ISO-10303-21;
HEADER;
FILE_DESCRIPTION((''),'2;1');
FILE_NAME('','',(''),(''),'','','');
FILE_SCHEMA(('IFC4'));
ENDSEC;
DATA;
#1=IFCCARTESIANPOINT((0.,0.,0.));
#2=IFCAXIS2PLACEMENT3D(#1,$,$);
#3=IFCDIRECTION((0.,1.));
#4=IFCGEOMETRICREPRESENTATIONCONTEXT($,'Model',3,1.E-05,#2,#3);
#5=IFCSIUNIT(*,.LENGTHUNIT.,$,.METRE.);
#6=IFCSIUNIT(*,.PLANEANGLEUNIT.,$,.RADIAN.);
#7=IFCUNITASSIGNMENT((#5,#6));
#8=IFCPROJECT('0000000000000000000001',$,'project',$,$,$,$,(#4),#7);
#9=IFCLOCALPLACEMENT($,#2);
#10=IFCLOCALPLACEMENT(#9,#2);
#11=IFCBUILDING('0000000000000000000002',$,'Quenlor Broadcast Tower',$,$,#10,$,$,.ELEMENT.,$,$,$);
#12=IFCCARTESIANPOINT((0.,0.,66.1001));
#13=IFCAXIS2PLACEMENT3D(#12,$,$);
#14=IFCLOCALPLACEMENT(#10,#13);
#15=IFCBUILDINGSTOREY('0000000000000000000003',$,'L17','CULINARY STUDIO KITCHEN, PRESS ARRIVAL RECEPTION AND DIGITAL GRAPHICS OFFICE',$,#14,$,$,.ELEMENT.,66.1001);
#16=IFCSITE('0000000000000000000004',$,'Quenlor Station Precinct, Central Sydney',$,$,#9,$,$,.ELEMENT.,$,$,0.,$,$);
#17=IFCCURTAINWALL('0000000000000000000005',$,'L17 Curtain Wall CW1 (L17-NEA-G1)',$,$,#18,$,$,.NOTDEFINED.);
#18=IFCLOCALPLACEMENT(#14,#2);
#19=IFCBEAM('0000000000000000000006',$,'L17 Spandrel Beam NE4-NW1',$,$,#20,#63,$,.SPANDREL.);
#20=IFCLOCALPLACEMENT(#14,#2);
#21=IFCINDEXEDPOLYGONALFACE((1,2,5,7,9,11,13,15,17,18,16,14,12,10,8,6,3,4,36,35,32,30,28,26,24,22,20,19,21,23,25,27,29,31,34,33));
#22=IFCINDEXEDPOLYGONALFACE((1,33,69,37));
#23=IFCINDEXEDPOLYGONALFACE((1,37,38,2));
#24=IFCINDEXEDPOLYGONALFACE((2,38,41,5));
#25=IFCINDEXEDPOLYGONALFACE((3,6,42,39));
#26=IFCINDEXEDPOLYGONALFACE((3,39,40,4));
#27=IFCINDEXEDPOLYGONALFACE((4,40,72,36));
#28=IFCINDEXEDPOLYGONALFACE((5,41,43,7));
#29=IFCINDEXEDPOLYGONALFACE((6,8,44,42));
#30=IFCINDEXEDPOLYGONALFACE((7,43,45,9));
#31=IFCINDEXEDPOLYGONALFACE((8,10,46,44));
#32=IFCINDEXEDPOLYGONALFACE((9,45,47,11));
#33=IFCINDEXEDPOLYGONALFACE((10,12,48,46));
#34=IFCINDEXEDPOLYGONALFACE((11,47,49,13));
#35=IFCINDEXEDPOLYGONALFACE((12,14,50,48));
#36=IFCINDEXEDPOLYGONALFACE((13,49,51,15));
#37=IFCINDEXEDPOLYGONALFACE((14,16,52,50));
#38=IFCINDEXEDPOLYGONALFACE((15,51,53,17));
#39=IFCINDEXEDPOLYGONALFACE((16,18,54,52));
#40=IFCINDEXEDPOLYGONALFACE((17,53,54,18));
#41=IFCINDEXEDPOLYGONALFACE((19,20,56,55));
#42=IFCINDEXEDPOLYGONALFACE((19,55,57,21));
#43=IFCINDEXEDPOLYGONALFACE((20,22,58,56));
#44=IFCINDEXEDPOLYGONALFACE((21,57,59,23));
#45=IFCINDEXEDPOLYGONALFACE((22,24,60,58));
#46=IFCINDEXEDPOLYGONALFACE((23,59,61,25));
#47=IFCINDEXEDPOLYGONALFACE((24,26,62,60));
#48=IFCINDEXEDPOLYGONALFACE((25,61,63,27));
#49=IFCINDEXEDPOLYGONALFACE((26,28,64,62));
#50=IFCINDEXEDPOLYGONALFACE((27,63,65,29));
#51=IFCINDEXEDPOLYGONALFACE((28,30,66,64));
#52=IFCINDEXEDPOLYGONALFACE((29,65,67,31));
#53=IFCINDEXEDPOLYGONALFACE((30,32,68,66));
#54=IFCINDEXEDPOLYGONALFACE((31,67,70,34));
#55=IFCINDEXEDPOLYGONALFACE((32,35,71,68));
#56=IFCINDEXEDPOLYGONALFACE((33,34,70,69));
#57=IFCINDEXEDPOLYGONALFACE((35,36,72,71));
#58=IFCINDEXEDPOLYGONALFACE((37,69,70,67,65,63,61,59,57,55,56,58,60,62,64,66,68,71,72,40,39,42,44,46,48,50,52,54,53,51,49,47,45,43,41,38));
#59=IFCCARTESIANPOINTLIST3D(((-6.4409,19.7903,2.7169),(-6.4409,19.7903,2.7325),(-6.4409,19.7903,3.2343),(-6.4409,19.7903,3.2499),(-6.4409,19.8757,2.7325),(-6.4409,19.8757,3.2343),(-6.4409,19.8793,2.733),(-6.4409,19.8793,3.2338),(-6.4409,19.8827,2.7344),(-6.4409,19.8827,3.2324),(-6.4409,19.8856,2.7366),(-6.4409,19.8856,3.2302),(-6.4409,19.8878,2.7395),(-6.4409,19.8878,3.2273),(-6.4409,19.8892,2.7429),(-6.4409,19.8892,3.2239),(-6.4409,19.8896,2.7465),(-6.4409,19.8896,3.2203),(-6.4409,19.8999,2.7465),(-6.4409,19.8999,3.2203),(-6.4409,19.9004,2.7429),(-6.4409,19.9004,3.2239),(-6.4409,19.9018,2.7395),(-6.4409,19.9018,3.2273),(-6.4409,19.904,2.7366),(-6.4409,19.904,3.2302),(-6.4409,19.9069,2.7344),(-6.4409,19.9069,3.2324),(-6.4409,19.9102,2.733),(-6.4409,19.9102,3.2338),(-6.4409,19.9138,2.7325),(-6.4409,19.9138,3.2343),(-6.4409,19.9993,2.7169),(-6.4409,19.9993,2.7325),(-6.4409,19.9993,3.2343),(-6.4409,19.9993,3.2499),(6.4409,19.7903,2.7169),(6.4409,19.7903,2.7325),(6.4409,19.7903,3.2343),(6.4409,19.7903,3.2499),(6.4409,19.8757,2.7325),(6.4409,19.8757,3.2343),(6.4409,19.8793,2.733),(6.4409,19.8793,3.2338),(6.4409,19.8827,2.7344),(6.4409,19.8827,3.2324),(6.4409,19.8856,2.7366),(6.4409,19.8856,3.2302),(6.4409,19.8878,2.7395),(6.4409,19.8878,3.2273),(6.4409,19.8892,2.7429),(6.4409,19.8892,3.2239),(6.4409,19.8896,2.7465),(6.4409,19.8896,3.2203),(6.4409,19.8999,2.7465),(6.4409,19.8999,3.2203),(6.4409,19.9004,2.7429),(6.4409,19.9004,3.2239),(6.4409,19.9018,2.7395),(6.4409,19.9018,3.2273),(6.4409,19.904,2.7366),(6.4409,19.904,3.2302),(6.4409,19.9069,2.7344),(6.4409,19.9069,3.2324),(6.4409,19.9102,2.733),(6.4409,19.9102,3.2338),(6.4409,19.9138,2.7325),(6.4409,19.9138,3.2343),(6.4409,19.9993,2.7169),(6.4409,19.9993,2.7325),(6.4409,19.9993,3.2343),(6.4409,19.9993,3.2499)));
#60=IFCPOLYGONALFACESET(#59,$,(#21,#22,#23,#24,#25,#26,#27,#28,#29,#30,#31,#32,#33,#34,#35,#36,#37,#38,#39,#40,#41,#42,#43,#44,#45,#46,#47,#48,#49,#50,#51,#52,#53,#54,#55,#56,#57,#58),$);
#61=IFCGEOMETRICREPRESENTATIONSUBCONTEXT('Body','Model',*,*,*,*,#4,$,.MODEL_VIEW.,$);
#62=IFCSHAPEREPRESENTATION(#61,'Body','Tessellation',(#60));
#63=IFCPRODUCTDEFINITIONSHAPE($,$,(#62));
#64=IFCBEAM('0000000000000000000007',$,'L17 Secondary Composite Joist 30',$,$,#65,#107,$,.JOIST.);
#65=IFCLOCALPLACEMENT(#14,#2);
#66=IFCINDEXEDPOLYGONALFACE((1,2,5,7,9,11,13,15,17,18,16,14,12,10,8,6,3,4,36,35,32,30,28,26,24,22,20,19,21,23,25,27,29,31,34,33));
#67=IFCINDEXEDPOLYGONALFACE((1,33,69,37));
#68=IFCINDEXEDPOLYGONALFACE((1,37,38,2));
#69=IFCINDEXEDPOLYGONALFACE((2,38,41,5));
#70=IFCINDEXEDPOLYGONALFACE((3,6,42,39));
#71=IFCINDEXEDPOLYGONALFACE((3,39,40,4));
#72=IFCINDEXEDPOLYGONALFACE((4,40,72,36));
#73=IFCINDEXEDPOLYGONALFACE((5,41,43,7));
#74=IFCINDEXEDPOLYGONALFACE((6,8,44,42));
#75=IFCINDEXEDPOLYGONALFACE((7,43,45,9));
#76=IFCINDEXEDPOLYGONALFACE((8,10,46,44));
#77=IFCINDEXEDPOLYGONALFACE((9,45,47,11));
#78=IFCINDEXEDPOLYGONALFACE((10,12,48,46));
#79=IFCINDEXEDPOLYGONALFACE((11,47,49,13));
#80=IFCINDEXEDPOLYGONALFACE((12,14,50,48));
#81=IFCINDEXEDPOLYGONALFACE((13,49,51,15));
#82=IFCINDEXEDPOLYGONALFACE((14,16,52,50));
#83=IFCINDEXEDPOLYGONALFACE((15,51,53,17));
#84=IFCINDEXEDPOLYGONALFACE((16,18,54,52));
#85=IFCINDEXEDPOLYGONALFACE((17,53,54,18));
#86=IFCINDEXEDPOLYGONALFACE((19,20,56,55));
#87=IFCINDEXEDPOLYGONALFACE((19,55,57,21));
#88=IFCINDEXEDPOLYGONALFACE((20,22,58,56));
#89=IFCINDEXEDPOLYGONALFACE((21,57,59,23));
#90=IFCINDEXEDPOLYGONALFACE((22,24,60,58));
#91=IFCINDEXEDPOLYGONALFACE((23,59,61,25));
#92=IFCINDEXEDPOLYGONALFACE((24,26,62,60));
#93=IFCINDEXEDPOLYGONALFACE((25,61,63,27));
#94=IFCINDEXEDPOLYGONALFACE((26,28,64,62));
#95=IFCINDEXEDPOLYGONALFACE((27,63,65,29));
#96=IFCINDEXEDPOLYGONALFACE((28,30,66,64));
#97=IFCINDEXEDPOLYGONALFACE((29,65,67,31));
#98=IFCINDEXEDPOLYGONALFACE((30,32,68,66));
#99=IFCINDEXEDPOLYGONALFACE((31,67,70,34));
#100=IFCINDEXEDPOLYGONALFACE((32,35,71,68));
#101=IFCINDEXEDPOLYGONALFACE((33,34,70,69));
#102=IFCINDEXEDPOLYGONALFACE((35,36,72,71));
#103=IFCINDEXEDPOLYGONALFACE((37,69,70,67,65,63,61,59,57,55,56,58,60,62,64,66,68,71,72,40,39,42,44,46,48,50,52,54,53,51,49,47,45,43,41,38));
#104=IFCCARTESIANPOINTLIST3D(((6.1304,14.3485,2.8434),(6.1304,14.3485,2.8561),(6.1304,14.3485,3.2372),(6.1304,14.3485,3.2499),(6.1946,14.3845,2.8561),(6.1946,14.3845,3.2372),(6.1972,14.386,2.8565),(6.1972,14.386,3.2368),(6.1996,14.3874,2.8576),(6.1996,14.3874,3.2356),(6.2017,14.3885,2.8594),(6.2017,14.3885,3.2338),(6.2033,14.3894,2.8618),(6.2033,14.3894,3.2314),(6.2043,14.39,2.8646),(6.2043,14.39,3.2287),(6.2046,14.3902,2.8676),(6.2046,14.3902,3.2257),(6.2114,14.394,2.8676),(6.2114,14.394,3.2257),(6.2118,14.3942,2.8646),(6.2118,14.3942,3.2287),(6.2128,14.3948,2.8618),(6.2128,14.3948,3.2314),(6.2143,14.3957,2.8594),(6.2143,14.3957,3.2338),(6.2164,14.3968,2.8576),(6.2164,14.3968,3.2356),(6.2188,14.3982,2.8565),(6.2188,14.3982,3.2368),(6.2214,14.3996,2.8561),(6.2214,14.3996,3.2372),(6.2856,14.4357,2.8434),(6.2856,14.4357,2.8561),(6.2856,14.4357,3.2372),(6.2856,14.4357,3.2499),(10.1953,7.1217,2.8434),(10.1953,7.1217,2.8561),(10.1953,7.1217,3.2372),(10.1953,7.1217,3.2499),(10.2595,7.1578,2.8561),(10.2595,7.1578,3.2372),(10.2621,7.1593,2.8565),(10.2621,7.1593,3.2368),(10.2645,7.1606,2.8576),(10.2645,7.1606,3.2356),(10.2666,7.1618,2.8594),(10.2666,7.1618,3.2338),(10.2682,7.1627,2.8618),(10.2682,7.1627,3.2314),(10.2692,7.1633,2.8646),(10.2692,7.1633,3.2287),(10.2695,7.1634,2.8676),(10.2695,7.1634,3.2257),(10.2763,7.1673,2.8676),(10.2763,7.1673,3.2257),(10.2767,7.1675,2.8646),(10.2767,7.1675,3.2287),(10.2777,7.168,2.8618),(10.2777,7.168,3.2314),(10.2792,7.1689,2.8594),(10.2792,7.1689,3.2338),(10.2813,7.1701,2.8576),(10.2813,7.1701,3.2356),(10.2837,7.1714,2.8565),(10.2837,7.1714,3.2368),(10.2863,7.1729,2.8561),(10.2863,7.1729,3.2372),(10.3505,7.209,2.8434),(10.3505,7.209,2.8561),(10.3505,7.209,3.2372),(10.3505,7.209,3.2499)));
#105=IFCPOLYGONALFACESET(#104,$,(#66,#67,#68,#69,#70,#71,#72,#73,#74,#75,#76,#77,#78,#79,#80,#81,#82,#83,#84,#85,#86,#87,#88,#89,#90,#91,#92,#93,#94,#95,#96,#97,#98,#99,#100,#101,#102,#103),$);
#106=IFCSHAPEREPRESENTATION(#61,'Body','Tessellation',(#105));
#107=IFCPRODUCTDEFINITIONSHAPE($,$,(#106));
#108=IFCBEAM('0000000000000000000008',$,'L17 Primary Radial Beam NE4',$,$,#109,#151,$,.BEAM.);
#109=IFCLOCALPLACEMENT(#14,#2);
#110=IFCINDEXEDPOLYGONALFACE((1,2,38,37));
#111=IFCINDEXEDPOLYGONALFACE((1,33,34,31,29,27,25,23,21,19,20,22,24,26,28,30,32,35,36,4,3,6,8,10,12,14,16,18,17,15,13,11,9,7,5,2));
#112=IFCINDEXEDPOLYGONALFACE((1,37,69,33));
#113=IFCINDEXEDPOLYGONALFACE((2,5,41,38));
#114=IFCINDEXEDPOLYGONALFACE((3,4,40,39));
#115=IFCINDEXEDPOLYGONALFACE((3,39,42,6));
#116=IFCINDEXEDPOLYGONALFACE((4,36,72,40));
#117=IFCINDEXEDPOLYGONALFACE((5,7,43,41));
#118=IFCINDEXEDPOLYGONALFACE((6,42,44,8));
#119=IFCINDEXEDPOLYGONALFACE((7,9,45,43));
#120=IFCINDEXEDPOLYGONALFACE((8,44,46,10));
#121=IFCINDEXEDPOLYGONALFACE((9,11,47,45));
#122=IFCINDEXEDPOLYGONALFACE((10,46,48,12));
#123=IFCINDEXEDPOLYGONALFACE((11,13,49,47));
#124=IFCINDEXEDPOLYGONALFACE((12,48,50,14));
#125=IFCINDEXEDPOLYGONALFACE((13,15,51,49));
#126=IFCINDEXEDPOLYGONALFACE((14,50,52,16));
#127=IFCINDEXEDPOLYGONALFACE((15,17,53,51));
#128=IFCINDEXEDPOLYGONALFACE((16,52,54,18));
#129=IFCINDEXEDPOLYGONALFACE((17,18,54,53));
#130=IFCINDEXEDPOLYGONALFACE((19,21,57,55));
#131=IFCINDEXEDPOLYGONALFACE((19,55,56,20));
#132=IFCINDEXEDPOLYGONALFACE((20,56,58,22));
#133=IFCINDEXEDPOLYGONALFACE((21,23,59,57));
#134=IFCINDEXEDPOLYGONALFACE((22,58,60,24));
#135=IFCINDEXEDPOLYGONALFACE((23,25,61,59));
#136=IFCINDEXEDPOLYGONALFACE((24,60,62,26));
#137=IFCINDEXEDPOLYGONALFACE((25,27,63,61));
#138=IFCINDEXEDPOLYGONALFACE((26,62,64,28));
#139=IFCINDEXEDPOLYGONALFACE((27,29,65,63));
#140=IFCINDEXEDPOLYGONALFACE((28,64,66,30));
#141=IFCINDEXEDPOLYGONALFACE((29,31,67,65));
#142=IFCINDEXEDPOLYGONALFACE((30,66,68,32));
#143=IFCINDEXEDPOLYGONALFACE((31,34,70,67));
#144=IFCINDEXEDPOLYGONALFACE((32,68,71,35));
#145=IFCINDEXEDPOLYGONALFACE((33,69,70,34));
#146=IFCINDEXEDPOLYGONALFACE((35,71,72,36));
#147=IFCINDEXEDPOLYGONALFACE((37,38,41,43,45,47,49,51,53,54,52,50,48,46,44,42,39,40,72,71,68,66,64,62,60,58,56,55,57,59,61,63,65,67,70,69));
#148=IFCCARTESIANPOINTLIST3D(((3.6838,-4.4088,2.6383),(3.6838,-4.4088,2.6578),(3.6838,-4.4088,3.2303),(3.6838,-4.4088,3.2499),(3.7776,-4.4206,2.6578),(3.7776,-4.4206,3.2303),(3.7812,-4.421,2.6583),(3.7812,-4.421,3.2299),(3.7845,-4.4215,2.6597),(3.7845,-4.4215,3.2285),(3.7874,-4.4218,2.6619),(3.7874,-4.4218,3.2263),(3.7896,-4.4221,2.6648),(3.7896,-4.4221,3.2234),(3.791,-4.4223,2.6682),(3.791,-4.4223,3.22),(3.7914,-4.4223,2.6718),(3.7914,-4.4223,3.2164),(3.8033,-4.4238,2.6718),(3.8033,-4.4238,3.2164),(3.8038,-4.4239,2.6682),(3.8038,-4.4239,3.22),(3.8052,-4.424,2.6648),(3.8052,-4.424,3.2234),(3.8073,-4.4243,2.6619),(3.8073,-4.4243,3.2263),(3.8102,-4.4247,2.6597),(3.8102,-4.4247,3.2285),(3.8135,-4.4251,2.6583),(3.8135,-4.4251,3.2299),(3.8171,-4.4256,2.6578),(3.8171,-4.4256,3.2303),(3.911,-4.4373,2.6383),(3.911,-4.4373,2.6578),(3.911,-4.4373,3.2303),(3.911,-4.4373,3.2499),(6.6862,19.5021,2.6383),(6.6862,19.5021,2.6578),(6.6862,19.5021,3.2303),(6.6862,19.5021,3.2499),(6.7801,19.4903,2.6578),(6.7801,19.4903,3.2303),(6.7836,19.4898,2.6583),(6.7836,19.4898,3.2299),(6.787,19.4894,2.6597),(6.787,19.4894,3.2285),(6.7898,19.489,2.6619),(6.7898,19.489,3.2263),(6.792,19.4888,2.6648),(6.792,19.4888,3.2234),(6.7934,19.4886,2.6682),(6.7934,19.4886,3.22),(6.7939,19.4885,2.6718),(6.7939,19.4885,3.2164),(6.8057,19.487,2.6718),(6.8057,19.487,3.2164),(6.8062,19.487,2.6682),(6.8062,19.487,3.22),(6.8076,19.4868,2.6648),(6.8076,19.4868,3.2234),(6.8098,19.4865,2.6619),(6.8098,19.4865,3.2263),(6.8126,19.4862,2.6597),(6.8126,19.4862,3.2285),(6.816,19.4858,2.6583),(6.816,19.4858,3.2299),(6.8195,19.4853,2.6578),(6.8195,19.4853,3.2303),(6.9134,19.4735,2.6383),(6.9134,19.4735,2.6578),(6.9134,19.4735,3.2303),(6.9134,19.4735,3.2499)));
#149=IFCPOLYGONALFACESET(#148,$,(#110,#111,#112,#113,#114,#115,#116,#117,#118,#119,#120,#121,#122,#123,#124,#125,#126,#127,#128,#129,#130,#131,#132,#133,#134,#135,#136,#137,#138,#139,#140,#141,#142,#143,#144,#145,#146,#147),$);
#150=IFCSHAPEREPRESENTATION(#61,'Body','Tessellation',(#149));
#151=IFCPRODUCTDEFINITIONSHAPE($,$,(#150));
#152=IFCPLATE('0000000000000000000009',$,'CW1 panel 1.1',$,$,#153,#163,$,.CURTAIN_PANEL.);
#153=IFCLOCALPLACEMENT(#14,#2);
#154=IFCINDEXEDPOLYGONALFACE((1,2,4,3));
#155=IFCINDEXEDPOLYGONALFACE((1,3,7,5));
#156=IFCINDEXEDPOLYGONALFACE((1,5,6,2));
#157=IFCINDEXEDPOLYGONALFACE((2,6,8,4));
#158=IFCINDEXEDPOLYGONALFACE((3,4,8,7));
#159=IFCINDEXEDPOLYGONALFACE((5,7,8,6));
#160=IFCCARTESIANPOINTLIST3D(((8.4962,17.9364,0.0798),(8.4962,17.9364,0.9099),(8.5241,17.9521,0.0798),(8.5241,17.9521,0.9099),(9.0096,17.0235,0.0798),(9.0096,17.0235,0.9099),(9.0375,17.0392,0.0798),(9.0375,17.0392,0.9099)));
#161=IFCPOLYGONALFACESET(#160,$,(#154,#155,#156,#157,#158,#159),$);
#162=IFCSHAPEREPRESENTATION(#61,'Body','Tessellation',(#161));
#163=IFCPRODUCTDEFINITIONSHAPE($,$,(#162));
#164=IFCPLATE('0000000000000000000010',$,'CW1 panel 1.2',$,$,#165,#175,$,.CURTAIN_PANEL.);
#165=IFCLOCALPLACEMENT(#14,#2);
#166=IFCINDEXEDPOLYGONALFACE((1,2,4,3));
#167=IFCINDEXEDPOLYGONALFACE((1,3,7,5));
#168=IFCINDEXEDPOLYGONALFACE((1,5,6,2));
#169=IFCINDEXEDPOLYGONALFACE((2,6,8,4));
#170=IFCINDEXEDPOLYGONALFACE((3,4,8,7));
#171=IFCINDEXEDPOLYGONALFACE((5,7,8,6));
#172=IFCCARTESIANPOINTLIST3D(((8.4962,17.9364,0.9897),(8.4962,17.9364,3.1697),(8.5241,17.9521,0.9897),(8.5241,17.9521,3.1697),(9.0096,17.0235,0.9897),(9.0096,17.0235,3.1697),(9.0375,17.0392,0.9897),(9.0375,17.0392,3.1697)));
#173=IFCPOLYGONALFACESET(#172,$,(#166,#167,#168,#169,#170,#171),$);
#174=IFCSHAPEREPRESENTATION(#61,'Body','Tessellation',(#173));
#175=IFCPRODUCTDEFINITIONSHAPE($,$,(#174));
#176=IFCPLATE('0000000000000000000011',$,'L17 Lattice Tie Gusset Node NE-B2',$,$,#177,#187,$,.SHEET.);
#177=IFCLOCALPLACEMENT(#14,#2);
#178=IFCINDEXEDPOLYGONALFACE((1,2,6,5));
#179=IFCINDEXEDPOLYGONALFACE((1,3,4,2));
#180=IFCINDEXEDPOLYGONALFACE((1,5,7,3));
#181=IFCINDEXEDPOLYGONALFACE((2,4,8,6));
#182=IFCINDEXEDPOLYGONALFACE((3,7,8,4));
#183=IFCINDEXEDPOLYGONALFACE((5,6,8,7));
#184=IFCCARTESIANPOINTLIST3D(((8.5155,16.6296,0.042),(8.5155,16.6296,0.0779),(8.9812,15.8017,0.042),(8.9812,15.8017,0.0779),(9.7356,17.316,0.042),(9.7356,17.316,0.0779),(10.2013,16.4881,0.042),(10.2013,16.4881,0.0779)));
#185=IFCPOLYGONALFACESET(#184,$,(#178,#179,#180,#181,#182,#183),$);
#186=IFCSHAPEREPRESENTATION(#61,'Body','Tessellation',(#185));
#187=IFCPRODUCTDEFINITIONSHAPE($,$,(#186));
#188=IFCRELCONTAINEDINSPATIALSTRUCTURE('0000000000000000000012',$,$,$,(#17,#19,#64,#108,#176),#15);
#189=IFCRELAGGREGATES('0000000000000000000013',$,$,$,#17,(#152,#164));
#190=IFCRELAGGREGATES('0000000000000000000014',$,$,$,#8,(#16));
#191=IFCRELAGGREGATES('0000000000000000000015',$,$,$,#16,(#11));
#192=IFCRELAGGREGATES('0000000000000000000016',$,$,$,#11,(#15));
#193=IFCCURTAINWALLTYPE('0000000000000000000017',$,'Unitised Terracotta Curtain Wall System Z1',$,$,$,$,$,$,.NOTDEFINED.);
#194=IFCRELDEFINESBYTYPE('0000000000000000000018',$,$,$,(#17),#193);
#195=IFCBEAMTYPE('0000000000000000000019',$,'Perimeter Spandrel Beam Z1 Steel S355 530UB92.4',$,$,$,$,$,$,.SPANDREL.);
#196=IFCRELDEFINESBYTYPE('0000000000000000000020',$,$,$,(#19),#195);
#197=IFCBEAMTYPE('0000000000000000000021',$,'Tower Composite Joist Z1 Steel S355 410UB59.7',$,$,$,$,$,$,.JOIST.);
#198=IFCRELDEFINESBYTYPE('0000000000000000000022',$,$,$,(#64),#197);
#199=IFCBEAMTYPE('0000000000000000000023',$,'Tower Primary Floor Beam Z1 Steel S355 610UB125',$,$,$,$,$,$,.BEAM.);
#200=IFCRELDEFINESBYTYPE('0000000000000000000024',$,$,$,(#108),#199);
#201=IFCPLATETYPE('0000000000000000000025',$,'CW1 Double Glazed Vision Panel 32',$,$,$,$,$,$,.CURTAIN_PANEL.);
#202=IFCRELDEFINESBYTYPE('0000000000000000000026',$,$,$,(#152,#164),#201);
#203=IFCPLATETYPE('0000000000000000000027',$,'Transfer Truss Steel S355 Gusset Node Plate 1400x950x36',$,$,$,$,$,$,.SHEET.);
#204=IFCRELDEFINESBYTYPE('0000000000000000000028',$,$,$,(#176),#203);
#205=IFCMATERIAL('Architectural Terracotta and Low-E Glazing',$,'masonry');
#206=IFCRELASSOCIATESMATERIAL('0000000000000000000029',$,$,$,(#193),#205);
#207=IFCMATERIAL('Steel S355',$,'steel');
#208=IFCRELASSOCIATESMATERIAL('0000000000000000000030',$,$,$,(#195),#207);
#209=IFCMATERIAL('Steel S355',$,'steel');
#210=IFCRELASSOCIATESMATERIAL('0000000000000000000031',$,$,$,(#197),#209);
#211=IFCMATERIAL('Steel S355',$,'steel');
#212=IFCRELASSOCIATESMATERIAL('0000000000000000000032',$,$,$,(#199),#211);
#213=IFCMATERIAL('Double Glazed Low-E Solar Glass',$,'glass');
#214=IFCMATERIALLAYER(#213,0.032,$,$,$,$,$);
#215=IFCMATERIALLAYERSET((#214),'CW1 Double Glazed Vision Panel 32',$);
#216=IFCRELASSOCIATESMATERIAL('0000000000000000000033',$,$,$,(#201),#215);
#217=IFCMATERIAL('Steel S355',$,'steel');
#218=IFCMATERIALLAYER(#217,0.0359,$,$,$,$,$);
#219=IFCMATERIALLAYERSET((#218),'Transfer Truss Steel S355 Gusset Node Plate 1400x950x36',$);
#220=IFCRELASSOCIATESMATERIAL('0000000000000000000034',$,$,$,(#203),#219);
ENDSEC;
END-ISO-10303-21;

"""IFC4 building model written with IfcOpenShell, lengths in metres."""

from ifc_helpers import new_model, si_unit, direction, frame, origin, origin_2d, place, context, subcontext, project, spatial, rectangle, i_section, extrude, material, layer, layer_set, material_profile, profile_set, type_object, element, aggregate, save


model = new_model("IFC4")

# Units and contexts
model_context = context("Model", 3, precision=1e-05, world=origin(), true_north=direction((0.0, 1.0)))
body_context = subcontext(model_context, "Body", "Model", "MODEL_VIEW")
ifc_project = project(units=[si_unit("LENGTHUNIT", "METRE"), si_unit("PLANEANGLEUNIT", "RADIAN")], contexts=[model_context])

# Site, building, storey
site_placement = place(None, origin())
site = spatial("IfcSite", under=ifc_project, at=site_placement, Name="Quenlor Station Precinct, Central Sydney", CompositionType="ELEMENT", RefElevation=0.0)
building_placement = place(site_placement, origin())
building = spatial("IfcBuilding", under=site, at=building_placement, Name="Quenlor Broadcast Tower", CompositionType="ELEMENT")
storey_placement = place(building_placement, frame((0.0, 0.0, 66.1001)))
storey = spatial("IfcBuildingStorey", under=building, at=storey_placement, Name="L17", Description="CULINARY STUDIO KITCHEN, PRESS ARRIVAL RECEPTION AND DIGITAL GRAPHICS OFFICE", CompositionType="ELEMENT", Elevation=66.1001)

# Curtain wall
ifc_material_1 = material(Name="Architectural Terracotta and Low-E Glazing", Category="masonry")
curtain_wall_type = type_object("IfcCurtainWallType", Name="Unitised Terracotta Curtain Wall System Z1", PredefinedType="NOTDEFINED", material=ifc_material_1)
curtain_wall_placement = place(storey_placement, origin())
curtain_wall = element("IfcCurtainWall", 1, at=curtain_wall_placement, inside=storey, type_object=curtain_wall_type, Name="L17 Curtain Wall CW1 (L17-NEA-G1)", PredefinedType="NOTDEFINED")

# Beams
ifc_material_2 = material(Name="Steel S355", Category="steel")
ifc_material_profile_1 = material_profile(ifc_material_2, i_section(OverallWidth=0.209, OverallDepth=0.533, WebThickness=0.0103, FlangeThickness=0.0156, FilletRadius=0.0139, at=origin_2d()))
ifc_profile_set_1 = profile_set([ifc_material_profile_1], Name="Steel S355 530UB92.4")
beam_type_1 = type_object("IfcBeamType", Name="Perimeter Spandrel Beam Z1 Steel S355 530UB92.4", PredefinedType="SPANDREL", material=ifc_profile_set_1)
beam_1_placement = place(storey_placement, frame((6.4409, 19.8948, 2.9834), z_axis=(-1.0, 0.0, 0.0), x_axis=(0.0, -1.0, 0.0)))
element("IfcBeam", 2, at=beam_1_placement, inside=storey, type_object=beam_type_1, Name="L17 Spandrel Beam NE4-NW1", PredefinedType="SPANDREL", context=body_context, shape_type="SweptSolid", body=[
    extrude(i_section(OverallWidth=0.209, OverallDepth=0.533, WebThickness=0.0103, FlangeThickness=0.0156, FilletRadius=0.0139, at=origin_2d()), origin(), (0.0, 0.0, 1.0), 12.8818),
])
ifc_material_3 = material(Name="Steel S355", Category="steel")
ifc_material_profile_2 = material_profile(ifc_material_3, i_section(OverallWidth=0.178, OverallDepth=0.4065, WebThickness=0.0078, FlangeThickness=0.0127, FilletRadius=0.0115, at=origin_2d()))
ifc_profile_set_2 = profile_set([ifc_material_profile_2], Name="Steel S355 410UB59.7")
beam_type_2 = type_object("IfcBeamType", Name="Tower Composite Joist Z1 Steel S355 410UB59.7", PredefinedType="JOIST", material=ifc_profile_set_2)
beam_2_placement = place(storey_placement, frame((6.208, 14.3921, 3.0466), z_axis=(0.490249, -0.871583, 0.0), x_axis=(0.871583, 0.490249, 0.0)))
element("IfcBeam", 3, at=beam_2_placement, inside=storey, type_object=beam_type_2, Name="L17 Secondary Composite Joist 30", PredefinedType="JOIST", context=body_context, shape_type="SweptSolid", body=[
    extrude(i_section(OverallWidth=0.178, OverallDepth=0.4065, WebThickness=0.0078, FlangeThickness=0.0127, FilletRadius=0.0115, at=origin_2d()), origin(), (0.0, 0.0, 1.0), 8.2915),
])
ifc_material_4 = material(Name="Steel S355", Category="steel")
ifc_material_profile_3 = material_profile(ifc_material_4, i_section(OverallWidth=0.229, OverallDepth=0.6116, WebThickness=0.012, FlangeThickness=0.0195, FilletRadius=0.0139, at=origin_2d()))
ifc_profile_set_3 = profile_set([ifc_material_profile_3], Name="Steel S355 610UB125")
beam_type_3 = type_object("IfcBeamType", Name="Tower Primary Floor Beam Z1 Steel S355 610UB125", PredefinedType="BEAM", material=ifc_profile_set_3)
beam_3_placement = place(storey_placement, frame((6.7998, 19.4878, 2.9441), z_axis=(-0.12459, -0.992208, 0.0), x_axis=(0.992208, -0.12459, 0.0)))
element("IfcBeam", 4, at=beam_3_placement, inside=storey, type_object=beam_type_3, Name="L17 Primary Radial Beam NE4", PredefinedType="BEAM", context=body_context, shape_type="SweptSolid", body=[
    extrude(i_section(OverallWidth=0.229, OverallDepth=0.6116, WebThickness=0.012, FlangeThickness=0.0195, FilletRadius=0.0139, at=origin_2d()), origin(), (0.0, 0.0, 1.0), 24.0986),
])

# Plates
ifc_material_5 = material(Name="Double Glazed Low-E Solar Glass", Category="glass")
ifc_layer_1 = layer(ifc_material_5, 0.032)
ifc_layer_set_1 = layer_set([ifc_layer_1], Name="CW1 Double Glazed Vision Panel 32")
plate_type_1 = type_object("IfcPlateType", Name="CW1 Double Glazed Vision Panel 32", PredefinedType="CURTAIN_PANEL", material=ifc_layer_set_1)
plate_1_placement = place(storey_placement, frame((8.7668, 17.4878, 0.0798), z_axis=(0.0, 0.0, 1.0), x_axis=(0.490214, -0.871602, 0.0)))
plate_1 = element("IfcPlate", 5, at=plate_1_placement, type_object=plate_type_1, Name="CW1 panel 1.1", PredefinedType="CURTAIN_PANEL", context=body_context, shape_type="SweptSolid", body=[
    extrude(rectangle(XDim=1.0474, YDim=0.032, at=origin_2d()), origin(), (0.0, 0.0, 1.0), 0.8301),
])
plate_2_placement = place(storey_placement, frame((8.7668, 17.4878, 0.9897), z_axis=(0.0, 0.0, 1.0), x_axis=(0.490214, -0.871602, 0.0)))
plate_2 = element("IfcPlate", 6, at=plate_2_placement, type_object=plate_type_1, Name="CW1 panel 1.2", PredefinedType="CURTAIN_PANEL", context=body_context, shape_type="SweptSolid", body=[
    extrude(rectangle(XDim=1.0474, YDim=0.032, at=origin_2d()), origin(), (0.0, 0.0, 1.0), 2.1799),
])
aggregate(curtain_wall, [plate_1, plate_2])

# Plate
ifc_material_6 = material(Name="Steel S355", Category="steel")
ifc_layer_2 = layer(ifc_material_6, 0.0359)
ifc_layer_set_2 = layer_set([ifc_layer_2], Name="Transfer Truss Steel S355 Gusset Node Plate 1400x950x36")
plate_type_2 = type_object("IfcPlateType", Name="Transfer Truss Steel S355 Gusset Node Plate 1400x950x36", PredefinedType="SHEET", material=ifc_layer_set_2)
for number, where, z_axis, x_axis, name in (
    (7, (9.3584, 16.5588, 0.042), (0.0, 0.0, 1.0), (0.871556, 0.490295, 0.0), "L17 Lattice Tie Gusset Node NE-B2"),
):
    element("IfcPlate", number, at=place(storey_placement, frame(where, z_axis=z_axis, x_axis=x_axis)), inside=storey, type_object=plate_type_2, Name=name, PredefinedType="SHEET", context=body_context, shape_type="SweptSolid", body=[
        extrude(rectangle(XDim=1.3999, YDim=0.95, at=origin_2d()), origin(), (0.0, 0.0, 1.0), 0.0359),
    ])

save(model, "model.ifc")
